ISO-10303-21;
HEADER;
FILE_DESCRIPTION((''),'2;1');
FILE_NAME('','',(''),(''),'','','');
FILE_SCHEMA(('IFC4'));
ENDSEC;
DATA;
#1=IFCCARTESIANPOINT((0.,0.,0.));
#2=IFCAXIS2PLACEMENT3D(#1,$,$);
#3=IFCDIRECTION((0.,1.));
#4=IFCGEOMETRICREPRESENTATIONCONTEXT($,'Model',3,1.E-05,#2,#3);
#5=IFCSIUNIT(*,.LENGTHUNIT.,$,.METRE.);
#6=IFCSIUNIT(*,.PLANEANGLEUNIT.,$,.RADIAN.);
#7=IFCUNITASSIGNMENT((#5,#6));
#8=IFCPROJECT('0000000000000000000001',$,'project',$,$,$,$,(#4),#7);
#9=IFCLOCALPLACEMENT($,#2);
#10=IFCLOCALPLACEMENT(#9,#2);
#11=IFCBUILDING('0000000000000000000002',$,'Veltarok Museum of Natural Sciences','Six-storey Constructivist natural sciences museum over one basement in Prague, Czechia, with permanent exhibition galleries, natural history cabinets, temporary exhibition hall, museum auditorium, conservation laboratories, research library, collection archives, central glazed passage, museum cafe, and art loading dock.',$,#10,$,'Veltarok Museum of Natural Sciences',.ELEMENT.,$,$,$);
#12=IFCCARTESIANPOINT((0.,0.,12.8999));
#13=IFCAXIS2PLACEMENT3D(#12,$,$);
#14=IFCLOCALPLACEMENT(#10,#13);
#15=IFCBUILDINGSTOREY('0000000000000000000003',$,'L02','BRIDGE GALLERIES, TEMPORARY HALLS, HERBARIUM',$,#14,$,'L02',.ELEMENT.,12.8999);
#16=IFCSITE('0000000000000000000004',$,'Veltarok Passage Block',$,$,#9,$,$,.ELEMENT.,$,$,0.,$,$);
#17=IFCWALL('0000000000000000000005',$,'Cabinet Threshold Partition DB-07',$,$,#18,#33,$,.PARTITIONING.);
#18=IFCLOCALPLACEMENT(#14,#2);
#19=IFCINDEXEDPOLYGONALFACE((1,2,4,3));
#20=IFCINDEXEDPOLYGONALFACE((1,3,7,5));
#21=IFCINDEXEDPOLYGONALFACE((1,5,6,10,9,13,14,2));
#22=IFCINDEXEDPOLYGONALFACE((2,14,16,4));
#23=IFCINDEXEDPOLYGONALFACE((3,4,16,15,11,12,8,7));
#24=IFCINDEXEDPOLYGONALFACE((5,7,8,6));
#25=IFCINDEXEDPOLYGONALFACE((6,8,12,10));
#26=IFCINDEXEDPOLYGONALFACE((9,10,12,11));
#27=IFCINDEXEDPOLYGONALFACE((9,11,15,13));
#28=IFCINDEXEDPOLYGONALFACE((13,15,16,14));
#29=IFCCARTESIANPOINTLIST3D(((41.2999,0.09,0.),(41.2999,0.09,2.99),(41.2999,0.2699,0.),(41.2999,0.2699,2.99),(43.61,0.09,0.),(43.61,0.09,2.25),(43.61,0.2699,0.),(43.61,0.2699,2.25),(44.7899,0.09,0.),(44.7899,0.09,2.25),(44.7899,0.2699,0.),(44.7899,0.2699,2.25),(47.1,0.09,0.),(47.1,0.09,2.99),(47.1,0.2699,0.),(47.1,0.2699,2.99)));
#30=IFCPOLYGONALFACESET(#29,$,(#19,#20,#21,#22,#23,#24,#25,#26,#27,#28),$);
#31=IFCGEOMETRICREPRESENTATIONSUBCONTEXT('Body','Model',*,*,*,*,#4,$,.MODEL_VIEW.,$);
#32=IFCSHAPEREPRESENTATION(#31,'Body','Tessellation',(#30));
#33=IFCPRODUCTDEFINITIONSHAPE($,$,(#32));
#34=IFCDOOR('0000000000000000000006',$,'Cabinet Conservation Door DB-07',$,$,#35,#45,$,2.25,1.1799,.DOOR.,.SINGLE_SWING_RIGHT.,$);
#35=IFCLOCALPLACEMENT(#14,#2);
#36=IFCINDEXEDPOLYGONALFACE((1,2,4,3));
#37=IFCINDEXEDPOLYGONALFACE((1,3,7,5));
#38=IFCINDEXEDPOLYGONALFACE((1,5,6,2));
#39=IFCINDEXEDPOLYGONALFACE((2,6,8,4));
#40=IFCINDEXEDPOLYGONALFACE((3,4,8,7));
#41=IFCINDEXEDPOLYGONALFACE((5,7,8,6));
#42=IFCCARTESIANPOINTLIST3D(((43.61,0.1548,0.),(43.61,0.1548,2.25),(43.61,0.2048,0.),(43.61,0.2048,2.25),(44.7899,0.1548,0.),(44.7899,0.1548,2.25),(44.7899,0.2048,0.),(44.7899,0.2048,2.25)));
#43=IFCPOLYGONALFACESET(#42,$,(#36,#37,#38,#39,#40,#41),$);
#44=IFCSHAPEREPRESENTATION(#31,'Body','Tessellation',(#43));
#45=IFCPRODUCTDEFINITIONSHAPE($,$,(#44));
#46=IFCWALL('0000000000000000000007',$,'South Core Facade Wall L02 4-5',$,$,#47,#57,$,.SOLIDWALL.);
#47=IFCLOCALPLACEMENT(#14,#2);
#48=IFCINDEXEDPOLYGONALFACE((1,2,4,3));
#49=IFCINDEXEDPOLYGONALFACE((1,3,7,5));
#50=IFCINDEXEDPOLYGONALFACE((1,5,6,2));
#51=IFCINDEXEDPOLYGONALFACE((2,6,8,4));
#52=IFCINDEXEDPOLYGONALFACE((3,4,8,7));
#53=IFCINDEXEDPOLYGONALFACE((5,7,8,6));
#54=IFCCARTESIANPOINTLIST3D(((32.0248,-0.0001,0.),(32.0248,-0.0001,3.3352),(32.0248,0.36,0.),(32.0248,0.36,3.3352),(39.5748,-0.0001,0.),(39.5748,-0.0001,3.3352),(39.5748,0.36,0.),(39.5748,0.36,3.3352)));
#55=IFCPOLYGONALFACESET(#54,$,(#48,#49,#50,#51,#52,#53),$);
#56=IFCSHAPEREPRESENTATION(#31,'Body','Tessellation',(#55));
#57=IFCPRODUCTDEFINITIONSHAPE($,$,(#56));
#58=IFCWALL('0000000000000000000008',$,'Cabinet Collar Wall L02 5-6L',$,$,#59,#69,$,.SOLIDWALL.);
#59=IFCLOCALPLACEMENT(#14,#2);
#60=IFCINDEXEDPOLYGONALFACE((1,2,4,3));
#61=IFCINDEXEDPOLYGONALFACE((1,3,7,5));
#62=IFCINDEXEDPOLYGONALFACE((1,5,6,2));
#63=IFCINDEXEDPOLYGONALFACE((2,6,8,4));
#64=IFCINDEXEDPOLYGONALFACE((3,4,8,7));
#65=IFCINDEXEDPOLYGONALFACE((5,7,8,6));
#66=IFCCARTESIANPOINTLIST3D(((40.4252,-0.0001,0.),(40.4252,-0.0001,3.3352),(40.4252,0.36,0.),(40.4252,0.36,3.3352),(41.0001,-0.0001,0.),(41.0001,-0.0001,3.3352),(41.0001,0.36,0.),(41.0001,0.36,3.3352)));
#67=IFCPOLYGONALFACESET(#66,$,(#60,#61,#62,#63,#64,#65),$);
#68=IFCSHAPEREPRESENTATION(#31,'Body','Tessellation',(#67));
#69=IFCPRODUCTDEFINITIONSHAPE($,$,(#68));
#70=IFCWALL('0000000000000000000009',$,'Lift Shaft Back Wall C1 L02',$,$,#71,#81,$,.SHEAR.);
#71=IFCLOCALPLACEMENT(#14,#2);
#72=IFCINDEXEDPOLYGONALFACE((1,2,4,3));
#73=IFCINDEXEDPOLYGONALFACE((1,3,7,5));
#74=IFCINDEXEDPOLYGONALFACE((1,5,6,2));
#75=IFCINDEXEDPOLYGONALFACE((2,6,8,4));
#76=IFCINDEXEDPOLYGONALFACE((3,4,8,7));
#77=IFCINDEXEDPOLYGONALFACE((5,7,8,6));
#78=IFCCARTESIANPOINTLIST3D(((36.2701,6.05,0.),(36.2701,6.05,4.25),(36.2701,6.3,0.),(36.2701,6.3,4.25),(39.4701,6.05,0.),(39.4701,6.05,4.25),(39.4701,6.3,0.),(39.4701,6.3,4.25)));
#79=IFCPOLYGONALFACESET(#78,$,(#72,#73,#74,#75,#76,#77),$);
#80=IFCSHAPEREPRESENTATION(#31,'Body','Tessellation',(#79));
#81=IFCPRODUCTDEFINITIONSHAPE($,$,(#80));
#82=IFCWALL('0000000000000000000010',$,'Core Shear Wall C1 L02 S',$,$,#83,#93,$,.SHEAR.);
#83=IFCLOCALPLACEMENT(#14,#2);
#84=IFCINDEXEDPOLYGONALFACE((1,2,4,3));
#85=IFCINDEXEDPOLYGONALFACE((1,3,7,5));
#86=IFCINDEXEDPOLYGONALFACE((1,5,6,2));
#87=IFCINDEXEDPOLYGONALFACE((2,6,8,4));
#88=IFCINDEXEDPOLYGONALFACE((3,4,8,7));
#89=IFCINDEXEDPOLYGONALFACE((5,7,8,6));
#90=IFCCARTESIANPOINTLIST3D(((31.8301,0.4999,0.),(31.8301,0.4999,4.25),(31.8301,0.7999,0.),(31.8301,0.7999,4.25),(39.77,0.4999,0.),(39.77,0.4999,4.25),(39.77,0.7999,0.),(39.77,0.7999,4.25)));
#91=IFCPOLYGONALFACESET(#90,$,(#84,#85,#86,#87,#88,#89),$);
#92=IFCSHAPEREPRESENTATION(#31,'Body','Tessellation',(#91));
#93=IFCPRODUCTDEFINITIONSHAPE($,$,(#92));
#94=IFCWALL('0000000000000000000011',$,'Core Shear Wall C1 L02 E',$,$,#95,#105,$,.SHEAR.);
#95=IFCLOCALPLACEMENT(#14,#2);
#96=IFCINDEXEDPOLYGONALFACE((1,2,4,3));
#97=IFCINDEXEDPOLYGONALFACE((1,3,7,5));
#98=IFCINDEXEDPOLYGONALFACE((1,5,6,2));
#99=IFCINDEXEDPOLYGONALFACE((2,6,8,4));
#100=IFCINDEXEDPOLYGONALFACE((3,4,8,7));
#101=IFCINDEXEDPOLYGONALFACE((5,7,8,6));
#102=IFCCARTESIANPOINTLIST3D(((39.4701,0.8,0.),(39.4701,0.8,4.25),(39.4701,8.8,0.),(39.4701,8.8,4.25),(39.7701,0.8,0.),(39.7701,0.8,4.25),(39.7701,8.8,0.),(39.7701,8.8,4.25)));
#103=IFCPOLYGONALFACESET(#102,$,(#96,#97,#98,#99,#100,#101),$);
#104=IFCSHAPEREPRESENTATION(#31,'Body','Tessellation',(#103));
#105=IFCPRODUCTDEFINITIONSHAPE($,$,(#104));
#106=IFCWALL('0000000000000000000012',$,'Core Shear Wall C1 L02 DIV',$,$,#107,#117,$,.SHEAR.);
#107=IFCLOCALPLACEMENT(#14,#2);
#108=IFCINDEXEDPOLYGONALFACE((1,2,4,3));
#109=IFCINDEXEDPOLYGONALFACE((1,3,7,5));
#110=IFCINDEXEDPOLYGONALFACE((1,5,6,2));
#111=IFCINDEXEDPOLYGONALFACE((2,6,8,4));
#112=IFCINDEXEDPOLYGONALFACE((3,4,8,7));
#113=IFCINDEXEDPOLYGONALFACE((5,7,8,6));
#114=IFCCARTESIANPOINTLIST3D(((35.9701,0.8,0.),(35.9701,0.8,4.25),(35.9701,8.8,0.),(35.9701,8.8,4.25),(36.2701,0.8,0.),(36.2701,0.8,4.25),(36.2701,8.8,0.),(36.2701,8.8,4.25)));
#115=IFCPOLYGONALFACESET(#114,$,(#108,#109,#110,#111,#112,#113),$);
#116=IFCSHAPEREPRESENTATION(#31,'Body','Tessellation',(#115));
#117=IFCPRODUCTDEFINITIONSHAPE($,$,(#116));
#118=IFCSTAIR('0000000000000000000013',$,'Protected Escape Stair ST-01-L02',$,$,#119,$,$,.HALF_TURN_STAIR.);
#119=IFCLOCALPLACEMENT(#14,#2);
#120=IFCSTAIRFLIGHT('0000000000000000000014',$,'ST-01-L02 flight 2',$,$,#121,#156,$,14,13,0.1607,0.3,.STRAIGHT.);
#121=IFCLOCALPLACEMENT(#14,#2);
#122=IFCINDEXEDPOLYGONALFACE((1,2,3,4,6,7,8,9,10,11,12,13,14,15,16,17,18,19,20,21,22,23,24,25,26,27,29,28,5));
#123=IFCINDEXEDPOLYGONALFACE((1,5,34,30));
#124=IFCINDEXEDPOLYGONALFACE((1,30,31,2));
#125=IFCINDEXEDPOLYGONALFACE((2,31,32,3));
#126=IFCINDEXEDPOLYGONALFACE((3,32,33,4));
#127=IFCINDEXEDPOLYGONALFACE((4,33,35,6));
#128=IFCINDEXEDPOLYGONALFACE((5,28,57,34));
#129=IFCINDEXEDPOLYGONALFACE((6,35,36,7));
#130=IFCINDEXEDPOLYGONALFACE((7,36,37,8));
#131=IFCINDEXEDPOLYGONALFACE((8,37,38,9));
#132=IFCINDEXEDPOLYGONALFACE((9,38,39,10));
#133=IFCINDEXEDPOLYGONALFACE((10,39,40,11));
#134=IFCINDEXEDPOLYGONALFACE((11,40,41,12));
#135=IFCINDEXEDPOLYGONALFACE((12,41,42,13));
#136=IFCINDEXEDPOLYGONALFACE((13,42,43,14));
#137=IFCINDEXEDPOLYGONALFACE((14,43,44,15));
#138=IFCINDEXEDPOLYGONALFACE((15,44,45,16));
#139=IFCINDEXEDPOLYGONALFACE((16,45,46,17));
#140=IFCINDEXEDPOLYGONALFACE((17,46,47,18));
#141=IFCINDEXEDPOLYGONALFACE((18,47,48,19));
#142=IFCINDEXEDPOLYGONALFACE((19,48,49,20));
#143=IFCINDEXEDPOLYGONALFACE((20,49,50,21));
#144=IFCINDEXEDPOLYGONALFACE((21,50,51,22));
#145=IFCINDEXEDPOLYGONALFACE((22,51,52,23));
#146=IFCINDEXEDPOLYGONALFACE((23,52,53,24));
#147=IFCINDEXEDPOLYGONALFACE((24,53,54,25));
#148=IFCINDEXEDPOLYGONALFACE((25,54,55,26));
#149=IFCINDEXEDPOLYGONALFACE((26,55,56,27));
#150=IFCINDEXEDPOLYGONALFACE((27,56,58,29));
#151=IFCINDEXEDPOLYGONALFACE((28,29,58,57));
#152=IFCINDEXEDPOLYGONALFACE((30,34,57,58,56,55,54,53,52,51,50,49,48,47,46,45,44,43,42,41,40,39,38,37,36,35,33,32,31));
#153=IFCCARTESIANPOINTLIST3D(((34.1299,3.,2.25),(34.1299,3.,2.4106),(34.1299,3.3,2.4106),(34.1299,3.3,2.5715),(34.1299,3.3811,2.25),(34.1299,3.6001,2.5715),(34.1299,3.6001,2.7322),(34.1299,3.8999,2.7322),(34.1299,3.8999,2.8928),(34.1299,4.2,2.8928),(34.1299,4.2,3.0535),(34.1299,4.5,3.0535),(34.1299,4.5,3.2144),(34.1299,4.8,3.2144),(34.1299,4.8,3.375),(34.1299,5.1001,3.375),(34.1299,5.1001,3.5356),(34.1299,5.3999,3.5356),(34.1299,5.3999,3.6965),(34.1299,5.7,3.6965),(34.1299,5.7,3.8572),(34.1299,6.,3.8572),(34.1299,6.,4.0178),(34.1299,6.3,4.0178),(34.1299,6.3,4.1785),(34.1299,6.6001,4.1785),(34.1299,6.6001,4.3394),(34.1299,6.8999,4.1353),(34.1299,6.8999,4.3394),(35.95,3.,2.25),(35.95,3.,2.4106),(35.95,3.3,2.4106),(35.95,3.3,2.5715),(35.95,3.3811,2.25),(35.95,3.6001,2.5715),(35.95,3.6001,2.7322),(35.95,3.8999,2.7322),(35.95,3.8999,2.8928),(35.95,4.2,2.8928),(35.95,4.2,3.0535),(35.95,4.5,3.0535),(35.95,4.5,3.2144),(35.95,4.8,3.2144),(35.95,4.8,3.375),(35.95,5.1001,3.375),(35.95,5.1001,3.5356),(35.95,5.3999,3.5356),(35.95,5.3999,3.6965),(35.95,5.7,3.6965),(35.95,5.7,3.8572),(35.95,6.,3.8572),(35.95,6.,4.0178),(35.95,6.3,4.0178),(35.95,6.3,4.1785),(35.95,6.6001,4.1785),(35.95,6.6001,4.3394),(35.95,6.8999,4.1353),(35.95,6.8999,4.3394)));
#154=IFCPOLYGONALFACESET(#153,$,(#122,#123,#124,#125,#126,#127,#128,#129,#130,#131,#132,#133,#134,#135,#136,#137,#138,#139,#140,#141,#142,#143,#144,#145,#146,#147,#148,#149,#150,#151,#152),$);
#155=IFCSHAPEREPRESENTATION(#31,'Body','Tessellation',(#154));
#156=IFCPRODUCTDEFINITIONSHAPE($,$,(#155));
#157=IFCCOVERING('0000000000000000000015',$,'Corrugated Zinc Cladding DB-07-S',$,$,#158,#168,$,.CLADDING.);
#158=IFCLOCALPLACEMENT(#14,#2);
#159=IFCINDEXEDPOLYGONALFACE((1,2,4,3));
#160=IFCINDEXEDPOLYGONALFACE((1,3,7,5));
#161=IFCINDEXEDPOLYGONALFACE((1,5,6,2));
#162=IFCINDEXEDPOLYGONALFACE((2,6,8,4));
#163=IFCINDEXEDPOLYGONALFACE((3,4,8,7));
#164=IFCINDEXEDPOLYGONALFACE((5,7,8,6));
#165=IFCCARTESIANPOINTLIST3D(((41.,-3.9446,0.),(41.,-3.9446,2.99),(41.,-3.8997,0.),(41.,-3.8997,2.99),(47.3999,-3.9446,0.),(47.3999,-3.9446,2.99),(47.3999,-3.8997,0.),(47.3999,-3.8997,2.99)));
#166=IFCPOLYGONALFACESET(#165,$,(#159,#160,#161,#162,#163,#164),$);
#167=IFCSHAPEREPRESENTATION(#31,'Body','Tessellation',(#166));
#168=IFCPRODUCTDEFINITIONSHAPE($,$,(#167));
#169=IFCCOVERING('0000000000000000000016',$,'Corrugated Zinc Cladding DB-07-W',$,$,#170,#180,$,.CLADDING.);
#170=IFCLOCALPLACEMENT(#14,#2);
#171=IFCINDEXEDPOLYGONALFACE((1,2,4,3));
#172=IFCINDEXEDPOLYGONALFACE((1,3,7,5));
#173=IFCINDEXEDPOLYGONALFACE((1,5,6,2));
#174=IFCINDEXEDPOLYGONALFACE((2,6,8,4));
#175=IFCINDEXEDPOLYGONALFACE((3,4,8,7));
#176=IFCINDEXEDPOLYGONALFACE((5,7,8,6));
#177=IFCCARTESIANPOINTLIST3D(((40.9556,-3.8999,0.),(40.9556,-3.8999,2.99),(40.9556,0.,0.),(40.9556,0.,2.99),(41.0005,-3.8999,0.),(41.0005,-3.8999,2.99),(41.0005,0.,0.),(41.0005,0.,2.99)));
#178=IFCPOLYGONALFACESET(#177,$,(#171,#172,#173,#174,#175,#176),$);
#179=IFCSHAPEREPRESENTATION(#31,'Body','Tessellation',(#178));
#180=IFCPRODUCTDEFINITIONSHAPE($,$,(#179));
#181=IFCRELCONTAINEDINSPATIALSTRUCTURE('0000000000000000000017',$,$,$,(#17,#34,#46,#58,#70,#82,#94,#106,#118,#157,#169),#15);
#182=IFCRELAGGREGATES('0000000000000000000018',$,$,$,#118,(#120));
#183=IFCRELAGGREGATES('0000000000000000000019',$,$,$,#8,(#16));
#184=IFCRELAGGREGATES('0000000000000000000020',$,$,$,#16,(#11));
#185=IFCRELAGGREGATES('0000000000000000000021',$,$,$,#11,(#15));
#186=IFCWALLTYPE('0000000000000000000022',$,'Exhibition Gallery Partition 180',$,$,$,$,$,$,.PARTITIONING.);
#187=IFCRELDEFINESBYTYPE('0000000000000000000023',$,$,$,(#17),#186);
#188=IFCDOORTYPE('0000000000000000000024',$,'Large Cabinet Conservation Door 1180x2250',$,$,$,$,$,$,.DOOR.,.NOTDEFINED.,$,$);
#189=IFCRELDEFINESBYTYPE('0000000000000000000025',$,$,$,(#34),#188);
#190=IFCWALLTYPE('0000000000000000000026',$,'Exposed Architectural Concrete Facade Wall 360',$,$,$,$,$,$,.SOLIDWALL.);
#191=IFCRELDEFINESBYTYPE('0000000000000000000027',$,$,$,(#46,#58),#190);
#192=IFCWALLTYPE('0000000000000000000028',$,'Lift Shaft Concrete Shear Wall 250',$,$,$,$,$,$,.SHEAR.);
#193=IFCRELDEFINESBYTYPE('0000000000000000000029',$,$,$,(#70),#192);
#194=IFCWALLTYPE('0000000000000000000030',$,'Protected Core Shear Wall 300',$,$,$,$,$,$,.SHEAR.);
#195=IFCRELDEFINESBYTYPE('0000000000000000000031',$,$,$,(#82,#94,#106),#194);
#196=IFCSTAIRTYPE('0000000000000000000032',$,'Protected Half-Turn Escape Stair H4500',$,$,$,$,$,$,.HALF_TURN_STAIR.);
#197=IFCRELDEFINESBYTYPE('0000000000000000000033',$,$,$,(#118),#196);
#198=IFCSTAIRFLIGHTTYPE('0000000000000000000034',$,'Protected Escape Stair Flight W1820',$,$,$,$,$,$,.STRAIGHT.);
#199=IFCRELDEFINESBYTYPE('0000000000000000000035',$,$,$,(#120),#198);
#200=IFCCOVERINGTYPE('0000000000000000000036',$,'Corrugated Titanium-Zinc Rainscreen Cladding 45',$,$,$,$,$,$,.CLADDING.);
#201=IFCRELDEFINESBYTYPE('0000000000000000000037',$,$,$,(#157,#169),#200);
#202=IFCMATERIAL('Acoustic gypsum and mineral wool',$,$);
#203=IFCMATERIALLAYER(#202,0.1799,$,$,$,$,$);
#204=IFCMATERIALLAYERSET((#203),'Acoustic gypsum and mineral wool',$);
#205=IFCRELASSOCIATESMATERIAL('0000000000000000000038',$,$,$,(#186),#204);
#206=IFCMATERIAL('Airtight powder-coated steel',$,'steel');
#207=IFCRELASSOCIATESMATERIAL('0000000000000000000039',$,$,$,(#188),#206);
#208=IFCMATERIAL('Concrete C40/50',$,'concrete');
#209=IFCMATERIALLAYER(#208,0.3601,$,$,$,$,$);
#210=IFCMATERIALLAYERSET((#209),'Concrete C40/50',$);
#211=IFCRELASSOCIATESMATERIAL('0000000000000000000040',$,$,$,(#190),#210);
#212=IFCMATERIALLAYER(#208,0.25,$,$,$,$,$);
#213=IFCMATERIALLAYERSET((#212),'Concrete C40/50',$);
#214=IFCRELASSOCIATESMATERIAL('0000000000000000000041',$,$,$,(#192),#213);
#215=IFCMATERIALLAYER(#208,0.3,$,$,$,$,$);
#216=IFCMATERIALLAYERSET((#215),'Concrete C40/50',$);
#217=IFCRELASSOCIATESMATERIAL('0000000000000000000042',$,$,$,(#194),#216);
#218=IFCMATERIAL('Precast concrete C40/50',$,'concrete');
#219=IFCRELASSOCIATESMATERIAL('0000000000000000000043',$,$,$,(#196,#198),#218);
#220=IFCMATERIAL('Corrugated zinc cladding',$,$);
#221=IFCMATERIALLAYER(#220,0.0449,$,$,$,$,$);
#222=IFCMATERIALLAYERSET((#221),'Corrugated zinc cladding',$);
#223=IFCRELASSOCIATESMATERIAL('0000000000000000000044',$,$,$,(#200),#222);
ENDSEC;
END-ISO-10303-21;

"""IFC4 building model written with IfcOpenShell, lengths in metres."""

from ifc_helpers import new_model, si_unit, direction, frame, frame_2d, origin, place, context, subcontext, project, spatial, polyline, rectangle, outline, extrude, material, layer, layer_set, type_object, element, fill, aggregate, save


model = new_model("IFC4")

# Units and contexts
model_context = context("Model", 3, precision=1e-05, world=origin(), true_north=direction((0.0, 1.0)))
body_context = subcontext(model_context, "Body", "Model", "MODEL_VIEW")
ifc_project = project(units=[si_unit("LENGTHUNIT", "METRE"), si_unit("PLANEANGLEUNIT", "RADIAN")], contexts=[model_context])

# Site, building, storey
site_placement = place(None, origin())
site = spatial("IfcSite", under=ifc_project, at=site_placement, Name="Veltarok Passage Block", CompositionType="ELEMENT", RefElevation=0.0)
building_placement = place(site_placement, origin())
building = spatial("IfcBuilding", under=site, at=building_placement, Name="Veltarok Museum of Natural Sciences", Description="Six-storey Constructivist natural sciences museum over one basement in Prague, Czechia, with permanent exhibition galleries, natural history cabinets, temporary exhibition hall, museum auditorium, conservation laboratories, research library, collection archives, central glazed passage, museum cafe, and art loading dock.", LongName="Veltarok Museum of Natural Sciences", CompositionType="ELEMENT")
storey_placement = place(building_placement, frame((0.0, 0.0, 12.8999)))
storey = spatial("IfcBuildingStorey", under=building, at=storey_placement, Name="L02", Description="BRIDGE GALLERIES, TEMPORARY HALLS, HERBARIUM", LongName="L02", CompositionType="ELEMENT", Elevation=12.8999)

# Shared definitions
ifc_material_1 = material(Name="Concrete C40/50", Category="concrete")

# Shared definitions
ifc_material_2 = material(Name="Precast concrete C40/50", Category="concrete")

# Wall, opening, door
ifc_material_3 = material(Name="Acoustic gypsum and mineral wool")
ifc_layer_1 = layer(ifc_material_3, 0.1799)
ifc_layer_set_1 = layer_set([ifc_layer_1], Name="Acoustic gypsum and mineral wool")
wall_type_1 = type_object("IfcWallType", Name="Exhibition Gallery Partition 180", PredefinedType="PARTITIONING", material=ifc_layer_set_1)
wall_1_placement = place(storey_placement, frame((41.3, 0.1799, 0.0), z_axis=(0.0, 0.0, 1.0), x_axis=(1.0, 0.0, 0.0)))
wall_1 = element("IfcWall", 1, at=wall_1_placement, inside=storey, type_object=wall_type_1, Name="Cabinet Threshold Partition DB-07", PredefinedType="PARTITIONING", context=body_context, shape_type="SweptSolid", body=[
    extrude(rectangle(XDim=5.8, YDim=0.1799, at=frame_2d((2.8999, 0.0))), origin(), (0.0, 0.0, 1.0), 2.99),
])
opening_placement = place(wall_1_placement, frame((2.3101, 0.0, 0.0)))
opening = element("IfcOpeningElement", 2, at=opening_placement, cuts=wall_1, PredefinedType="OPENING", context=body_context, shape_type="SweptSolid", body=[
    extrude(rectangle(XDim=1.1799, YDim=2.25, at=frame_2d((0.5898, 1.125))), frame((0.0, 0.1001, 0.0), z_axis=(0.0, -1.0, 0.0), x_axis=(1.0, 0.0, 0.0)), (0.0, 0.0, 1.0), 0.2),
])
ifc_material_4 = material(Name="Airtight powder-coated steel", Category="steel")
door_type = type_object("IfcDoorType", Name="Large Cabinet Conservation Door 1180x2250", OperationType="NOTDEFINED", PredefinedType="DOOR", material=ifc_material_4)
door_placement = place(opening_placement, origin())
door = element("IfcDoor", 3, at=door_placement, inside=storey, type_object=door_type, Name="Cabinet Conservation Door DB-07", OperationType="SINGLE_SWING_RIGHT", OverallHeight=2.25, OverallWidth=1.1799, PredefinedType="DOOR", context=body_context, shape_type="SweptSolid", body=[
    extrude(rectangle(XDim=1.1799, YDim=2.25, at=frame_2d((0.5898, 1.125))), frame((0.0, 0.0249, 0.0), z_axis=(0.0, -1.0, 0.0), x_axis=(1.0, 0.0, 0.0)), (0.0, 0.0, 1.0), 0.05),
])
fill(opening, door)

# Walls
ifc_layer_2 = layer(ifc_material_1, 0.3601)
ifc_layer_set_2 = layer_set([ifc_layer_2], Name="Concrete C40/50")
wall_type_2 = type_object("IfcWallType", Name="Exposed Architectural Concrete Facade Wall 360", PredefinedType="SOLIDWALL", material=ifc_layer_set_2)
wall_2_placement = place(storey_placement, frame((32.0249, 0.1799, 0.0), z_axis=(0.0, 0.0, 1.0), x_axis=(1.0, 0.0, 0.0)))
element("IfcWall", 4, at=wall_2_placement, inside=storey, type_object=wall_type_2, Name="South Core Facade Wall L02 4-5", PredefinedType="SOLIDWALL", context=body_context, shape_type="SweptSolid", body=[
    extrude(rectangle(XDim=7.55, YDim=0.3601, at=frame_2d((3.7749, 0.0))), origin(), (0.0, 0.0, 1.0), 3.3352),
])
wall_3_placement = place(storey_placement, frame((40.425, 0.1799, 0.0), z_axis=(0.0, 0.0, 1.0), x_axis=(1.0, 0.0, 0.0)))
element("IfcWall", 5, at=wall_3_placement, inside=storey, type_object=wall_type_2, Name="Cabinet Collar Wall L02 5-6L", PredefinedType="SOLIDWALL", context=body_context, shape_type="SweptSolid", body=[
    extrude(rectangle(XDim=0.575, YDim=0.3601, at=frame_2d((0.2876, 0.0))), origin(), (0.0, 0.0, 1.0), 3.3352),
])
ifc_layer_3 = layer(ifc_material_1, 0.25)
ifc_layer_set_3 = layer_set([ifc_layer_3], Name="Concrete C40/50")
wall_type_3 = type_object("IfcWallType", Name="Lift Shaft Concrete Shear Wall 250", PredefinedType="SHEAR", material=ifc_layer_set_3)
wall_4_placement = place(storey_placement, frame((36.27, 6.175, 0.0), z_axis=(0.0, 0.0, 1.0), x_axis=(1.0, 0.0, 0.0)))
element("IfcWall", 6, at=wall_4_placement, inside=storey, type_object=wall_type_3, Name="Lift Shaft Back Wall C1 L02", PredefinedType="SHEAR", context=body_context, shape_type="SweptSolid", body=[
    extrude(rectangle(XDim=3.2, YDim=0.25, at=frame_2d((1.6001, 0.0))), origin(), (0.0, 0.0, 1.0), 4.25),
])
ifc_layer_4 = layer(ifc_material_1, 0.3)
ifc_layer_set_4 = layer_set([ifc_layer_4], Name="Concrete C40/50")
wall_type_4 = type_object("IfcWallType", Name="Protected Core Shear Wall 300", PredefinedType="SHEAR", material=ifc_layer_set_4)
wall_5_placement = place(storey_placement, frame((31.8301, 0.6499, 0.0), z_axis=(0.0, 0.0, 1.0), x_axis=(1.0, 0.0, 0.0)))
element("IfcWall", 7, at=wall_5_placement, inside=storey, type_object=wall_type_4, Name="Core Shear Wall C1 L02 S", PredefinedType="SHEAR", context=body_context, shape_type="SweptSolid", body=[
    extrude(rectangle(XDim=7.9399, YDim=0.3, at=frame_2d((3.97, 0.0))), origin(), (0.0, 0.0, 1.0), 4.25),
])
for number, where, z_axis, x_axis, name in (
    (8, (39.6201, 0.8, 0.0), (0.0, 0.0, 1.0), (0.0, 1.0, 0.0), "Core Shear Wall C1 L02 E"),
    (9, (36.1201, 0.8, 0.0), (0.0, 0.0, 1.0), (0.0, 1.0, 0.0), "Core Shear Wall C1 L02 DIV"),
):
    element("IfcWall", number, at=place(storey_placement, frame(where, z_axis=z_axis, x_axis=x_axis)), inside=storey, type_object=wall_type_4, Name=name, PredefinedType="SHEAR", context=body_context, shape_type="SweptSolid", body=[
        extrude(rectangle(XDim=8.0, YDim=0.3, at=frame_2d((4.0, 0.0))), origin(), (0.0, 0.0, 1.0), 4.25),
    ])

# Stair, stair flight
stair_type = type_object("IfcStairType", Name="Protected Half-Turn Escape Stair H4500", PredefinedType="HALF_TURN_STAIR", material=ifc_material_2)
stair_placement = place(storey_placement, origin())
stair = element("IfcStair", 10, at=stair_placement, inside=storey, type_object=stair_type, Name="Protected Escape Stair ST-01-L02", PredefinedType="HALF_TURN_STAIR")
stair_flight_type = type_object("IfcStairFlightType", Name="Protected Escape Stair Flight W1820", PredefinedType="STRAIGHT", material=ifc_material_2)
stair_flight_placement = place(storey_placement, frame((35.04, 3.0, 2.25), z_axis=(0.0, 0.0, 1.0), x_axis=(0.0, 1.0, 0.0)))
stair_flight = element("IfcStairFlight", 11, at=stair_flight_placement, type_object=stair_flight_type, Name="ST-01-L02 flight 2", NumberOfRisers=14, NumberOfTreads=13, PredefinedType="STRAIGHT", RiserHeight=0.1607, TreadLength=0.3, context=body_context, shape_type="SweptSolid", body=[
    extrude(outline(polyline([(0.0, 0.0), (0.0, 0.1606), (0.3, 0.1606), (0.3, 0.3215), (0.6001, 0.3215), (0.6001, 0.4822), (0.8999, 0.4822), (0.8999, 0.6428), (1.2, 0.6428), (1.2, 0.8035), (1.5, 0.8035), (1.5, 0.9644), (1.8, 0.9644), (1.8, 1.125), (2.1001, 1.125), (2.1001, 1.2856), (2.3999, 1.2856), (2.3999, 1.4465), (2.7, 1.4465), (2.7, 1.6072), (3.0, 1.6072), (3.0, 1.7678), (3.3, 1.7678), (3.3, 1.9285), (3.6001, 1.9285), (3.6001, 2.0894), (3.8999, 2.0894), (3.8999, 2.25), (3.8999, 1.8853), (0.3811, 0.0), (0.0, 0.0)])), frame((0.0, 0.9102, 0.0), z_axis=(0.0, -1.0, 0.0), x_axis=(1.0, 0.0, 0.0)), (0.0, 0.0, 1.0), 1.8201),
])
aggregate(stair, [stair_flight])

# Coverings
ifc_material_5 = material(Name="Corrugated zinc cladding")
ifc_layer_5 = layer(ifc_material_5, 0.0449)
ifc_layer_set_5 = layer_set([ifc_layer_5], Name="Corrugated zinc cladding")
covering_type = type_object("IfcCoveringType", Name="Corrugated Titanium-Zinc Rainscreen Cladding 45", PredefinedType="CLADDING", material=ifc_layer_set_5)
covering_1_placement = place(storey_placement, frame((41.0, -3.9221, 0.0), z_axis=(0.0, 0.0, 1.0), x_axis=(1.0, 0.0, 0.0)))
element("IfcCovering", 12, at=covering_1_placement, inside=storey, type_object=covering_type, Name="Corrugated Zinc Cladding DB-07-S", PredefinedType="CLADDING", context=body_context, shape_type="SweptSolid", body=[
    extrude(rectangle(XDim=6.3999, YDim=0.0449, at=frame_2d((3.2, 0.0))), origin(), (0.0, 0.0, 1.0), 2.99),
])
covering_2_placement = place(storey_placement, frame((40.978, 0.0, 0.0), z_axis=(0.0, 0.0, 1.0), x_axis=(0.0, -1.0, 0.0)))
element("IfcCovering", 13, at=covering_2_placement, inside=storey, type_object=covering_type, Name="Corrugated Zinc Cladding DB-07-W", PredefinedType="CLADDING", context=body_context, shape_type="SweptSolid", body=[
    extrude(rectangle(XDim=3.8999, YDim=0.0449, at=frame_2d((1.95, 0.0))), origin(), (0.0, 0.0, 1.0), 2.99),
])

save(model, "model.ifc")
